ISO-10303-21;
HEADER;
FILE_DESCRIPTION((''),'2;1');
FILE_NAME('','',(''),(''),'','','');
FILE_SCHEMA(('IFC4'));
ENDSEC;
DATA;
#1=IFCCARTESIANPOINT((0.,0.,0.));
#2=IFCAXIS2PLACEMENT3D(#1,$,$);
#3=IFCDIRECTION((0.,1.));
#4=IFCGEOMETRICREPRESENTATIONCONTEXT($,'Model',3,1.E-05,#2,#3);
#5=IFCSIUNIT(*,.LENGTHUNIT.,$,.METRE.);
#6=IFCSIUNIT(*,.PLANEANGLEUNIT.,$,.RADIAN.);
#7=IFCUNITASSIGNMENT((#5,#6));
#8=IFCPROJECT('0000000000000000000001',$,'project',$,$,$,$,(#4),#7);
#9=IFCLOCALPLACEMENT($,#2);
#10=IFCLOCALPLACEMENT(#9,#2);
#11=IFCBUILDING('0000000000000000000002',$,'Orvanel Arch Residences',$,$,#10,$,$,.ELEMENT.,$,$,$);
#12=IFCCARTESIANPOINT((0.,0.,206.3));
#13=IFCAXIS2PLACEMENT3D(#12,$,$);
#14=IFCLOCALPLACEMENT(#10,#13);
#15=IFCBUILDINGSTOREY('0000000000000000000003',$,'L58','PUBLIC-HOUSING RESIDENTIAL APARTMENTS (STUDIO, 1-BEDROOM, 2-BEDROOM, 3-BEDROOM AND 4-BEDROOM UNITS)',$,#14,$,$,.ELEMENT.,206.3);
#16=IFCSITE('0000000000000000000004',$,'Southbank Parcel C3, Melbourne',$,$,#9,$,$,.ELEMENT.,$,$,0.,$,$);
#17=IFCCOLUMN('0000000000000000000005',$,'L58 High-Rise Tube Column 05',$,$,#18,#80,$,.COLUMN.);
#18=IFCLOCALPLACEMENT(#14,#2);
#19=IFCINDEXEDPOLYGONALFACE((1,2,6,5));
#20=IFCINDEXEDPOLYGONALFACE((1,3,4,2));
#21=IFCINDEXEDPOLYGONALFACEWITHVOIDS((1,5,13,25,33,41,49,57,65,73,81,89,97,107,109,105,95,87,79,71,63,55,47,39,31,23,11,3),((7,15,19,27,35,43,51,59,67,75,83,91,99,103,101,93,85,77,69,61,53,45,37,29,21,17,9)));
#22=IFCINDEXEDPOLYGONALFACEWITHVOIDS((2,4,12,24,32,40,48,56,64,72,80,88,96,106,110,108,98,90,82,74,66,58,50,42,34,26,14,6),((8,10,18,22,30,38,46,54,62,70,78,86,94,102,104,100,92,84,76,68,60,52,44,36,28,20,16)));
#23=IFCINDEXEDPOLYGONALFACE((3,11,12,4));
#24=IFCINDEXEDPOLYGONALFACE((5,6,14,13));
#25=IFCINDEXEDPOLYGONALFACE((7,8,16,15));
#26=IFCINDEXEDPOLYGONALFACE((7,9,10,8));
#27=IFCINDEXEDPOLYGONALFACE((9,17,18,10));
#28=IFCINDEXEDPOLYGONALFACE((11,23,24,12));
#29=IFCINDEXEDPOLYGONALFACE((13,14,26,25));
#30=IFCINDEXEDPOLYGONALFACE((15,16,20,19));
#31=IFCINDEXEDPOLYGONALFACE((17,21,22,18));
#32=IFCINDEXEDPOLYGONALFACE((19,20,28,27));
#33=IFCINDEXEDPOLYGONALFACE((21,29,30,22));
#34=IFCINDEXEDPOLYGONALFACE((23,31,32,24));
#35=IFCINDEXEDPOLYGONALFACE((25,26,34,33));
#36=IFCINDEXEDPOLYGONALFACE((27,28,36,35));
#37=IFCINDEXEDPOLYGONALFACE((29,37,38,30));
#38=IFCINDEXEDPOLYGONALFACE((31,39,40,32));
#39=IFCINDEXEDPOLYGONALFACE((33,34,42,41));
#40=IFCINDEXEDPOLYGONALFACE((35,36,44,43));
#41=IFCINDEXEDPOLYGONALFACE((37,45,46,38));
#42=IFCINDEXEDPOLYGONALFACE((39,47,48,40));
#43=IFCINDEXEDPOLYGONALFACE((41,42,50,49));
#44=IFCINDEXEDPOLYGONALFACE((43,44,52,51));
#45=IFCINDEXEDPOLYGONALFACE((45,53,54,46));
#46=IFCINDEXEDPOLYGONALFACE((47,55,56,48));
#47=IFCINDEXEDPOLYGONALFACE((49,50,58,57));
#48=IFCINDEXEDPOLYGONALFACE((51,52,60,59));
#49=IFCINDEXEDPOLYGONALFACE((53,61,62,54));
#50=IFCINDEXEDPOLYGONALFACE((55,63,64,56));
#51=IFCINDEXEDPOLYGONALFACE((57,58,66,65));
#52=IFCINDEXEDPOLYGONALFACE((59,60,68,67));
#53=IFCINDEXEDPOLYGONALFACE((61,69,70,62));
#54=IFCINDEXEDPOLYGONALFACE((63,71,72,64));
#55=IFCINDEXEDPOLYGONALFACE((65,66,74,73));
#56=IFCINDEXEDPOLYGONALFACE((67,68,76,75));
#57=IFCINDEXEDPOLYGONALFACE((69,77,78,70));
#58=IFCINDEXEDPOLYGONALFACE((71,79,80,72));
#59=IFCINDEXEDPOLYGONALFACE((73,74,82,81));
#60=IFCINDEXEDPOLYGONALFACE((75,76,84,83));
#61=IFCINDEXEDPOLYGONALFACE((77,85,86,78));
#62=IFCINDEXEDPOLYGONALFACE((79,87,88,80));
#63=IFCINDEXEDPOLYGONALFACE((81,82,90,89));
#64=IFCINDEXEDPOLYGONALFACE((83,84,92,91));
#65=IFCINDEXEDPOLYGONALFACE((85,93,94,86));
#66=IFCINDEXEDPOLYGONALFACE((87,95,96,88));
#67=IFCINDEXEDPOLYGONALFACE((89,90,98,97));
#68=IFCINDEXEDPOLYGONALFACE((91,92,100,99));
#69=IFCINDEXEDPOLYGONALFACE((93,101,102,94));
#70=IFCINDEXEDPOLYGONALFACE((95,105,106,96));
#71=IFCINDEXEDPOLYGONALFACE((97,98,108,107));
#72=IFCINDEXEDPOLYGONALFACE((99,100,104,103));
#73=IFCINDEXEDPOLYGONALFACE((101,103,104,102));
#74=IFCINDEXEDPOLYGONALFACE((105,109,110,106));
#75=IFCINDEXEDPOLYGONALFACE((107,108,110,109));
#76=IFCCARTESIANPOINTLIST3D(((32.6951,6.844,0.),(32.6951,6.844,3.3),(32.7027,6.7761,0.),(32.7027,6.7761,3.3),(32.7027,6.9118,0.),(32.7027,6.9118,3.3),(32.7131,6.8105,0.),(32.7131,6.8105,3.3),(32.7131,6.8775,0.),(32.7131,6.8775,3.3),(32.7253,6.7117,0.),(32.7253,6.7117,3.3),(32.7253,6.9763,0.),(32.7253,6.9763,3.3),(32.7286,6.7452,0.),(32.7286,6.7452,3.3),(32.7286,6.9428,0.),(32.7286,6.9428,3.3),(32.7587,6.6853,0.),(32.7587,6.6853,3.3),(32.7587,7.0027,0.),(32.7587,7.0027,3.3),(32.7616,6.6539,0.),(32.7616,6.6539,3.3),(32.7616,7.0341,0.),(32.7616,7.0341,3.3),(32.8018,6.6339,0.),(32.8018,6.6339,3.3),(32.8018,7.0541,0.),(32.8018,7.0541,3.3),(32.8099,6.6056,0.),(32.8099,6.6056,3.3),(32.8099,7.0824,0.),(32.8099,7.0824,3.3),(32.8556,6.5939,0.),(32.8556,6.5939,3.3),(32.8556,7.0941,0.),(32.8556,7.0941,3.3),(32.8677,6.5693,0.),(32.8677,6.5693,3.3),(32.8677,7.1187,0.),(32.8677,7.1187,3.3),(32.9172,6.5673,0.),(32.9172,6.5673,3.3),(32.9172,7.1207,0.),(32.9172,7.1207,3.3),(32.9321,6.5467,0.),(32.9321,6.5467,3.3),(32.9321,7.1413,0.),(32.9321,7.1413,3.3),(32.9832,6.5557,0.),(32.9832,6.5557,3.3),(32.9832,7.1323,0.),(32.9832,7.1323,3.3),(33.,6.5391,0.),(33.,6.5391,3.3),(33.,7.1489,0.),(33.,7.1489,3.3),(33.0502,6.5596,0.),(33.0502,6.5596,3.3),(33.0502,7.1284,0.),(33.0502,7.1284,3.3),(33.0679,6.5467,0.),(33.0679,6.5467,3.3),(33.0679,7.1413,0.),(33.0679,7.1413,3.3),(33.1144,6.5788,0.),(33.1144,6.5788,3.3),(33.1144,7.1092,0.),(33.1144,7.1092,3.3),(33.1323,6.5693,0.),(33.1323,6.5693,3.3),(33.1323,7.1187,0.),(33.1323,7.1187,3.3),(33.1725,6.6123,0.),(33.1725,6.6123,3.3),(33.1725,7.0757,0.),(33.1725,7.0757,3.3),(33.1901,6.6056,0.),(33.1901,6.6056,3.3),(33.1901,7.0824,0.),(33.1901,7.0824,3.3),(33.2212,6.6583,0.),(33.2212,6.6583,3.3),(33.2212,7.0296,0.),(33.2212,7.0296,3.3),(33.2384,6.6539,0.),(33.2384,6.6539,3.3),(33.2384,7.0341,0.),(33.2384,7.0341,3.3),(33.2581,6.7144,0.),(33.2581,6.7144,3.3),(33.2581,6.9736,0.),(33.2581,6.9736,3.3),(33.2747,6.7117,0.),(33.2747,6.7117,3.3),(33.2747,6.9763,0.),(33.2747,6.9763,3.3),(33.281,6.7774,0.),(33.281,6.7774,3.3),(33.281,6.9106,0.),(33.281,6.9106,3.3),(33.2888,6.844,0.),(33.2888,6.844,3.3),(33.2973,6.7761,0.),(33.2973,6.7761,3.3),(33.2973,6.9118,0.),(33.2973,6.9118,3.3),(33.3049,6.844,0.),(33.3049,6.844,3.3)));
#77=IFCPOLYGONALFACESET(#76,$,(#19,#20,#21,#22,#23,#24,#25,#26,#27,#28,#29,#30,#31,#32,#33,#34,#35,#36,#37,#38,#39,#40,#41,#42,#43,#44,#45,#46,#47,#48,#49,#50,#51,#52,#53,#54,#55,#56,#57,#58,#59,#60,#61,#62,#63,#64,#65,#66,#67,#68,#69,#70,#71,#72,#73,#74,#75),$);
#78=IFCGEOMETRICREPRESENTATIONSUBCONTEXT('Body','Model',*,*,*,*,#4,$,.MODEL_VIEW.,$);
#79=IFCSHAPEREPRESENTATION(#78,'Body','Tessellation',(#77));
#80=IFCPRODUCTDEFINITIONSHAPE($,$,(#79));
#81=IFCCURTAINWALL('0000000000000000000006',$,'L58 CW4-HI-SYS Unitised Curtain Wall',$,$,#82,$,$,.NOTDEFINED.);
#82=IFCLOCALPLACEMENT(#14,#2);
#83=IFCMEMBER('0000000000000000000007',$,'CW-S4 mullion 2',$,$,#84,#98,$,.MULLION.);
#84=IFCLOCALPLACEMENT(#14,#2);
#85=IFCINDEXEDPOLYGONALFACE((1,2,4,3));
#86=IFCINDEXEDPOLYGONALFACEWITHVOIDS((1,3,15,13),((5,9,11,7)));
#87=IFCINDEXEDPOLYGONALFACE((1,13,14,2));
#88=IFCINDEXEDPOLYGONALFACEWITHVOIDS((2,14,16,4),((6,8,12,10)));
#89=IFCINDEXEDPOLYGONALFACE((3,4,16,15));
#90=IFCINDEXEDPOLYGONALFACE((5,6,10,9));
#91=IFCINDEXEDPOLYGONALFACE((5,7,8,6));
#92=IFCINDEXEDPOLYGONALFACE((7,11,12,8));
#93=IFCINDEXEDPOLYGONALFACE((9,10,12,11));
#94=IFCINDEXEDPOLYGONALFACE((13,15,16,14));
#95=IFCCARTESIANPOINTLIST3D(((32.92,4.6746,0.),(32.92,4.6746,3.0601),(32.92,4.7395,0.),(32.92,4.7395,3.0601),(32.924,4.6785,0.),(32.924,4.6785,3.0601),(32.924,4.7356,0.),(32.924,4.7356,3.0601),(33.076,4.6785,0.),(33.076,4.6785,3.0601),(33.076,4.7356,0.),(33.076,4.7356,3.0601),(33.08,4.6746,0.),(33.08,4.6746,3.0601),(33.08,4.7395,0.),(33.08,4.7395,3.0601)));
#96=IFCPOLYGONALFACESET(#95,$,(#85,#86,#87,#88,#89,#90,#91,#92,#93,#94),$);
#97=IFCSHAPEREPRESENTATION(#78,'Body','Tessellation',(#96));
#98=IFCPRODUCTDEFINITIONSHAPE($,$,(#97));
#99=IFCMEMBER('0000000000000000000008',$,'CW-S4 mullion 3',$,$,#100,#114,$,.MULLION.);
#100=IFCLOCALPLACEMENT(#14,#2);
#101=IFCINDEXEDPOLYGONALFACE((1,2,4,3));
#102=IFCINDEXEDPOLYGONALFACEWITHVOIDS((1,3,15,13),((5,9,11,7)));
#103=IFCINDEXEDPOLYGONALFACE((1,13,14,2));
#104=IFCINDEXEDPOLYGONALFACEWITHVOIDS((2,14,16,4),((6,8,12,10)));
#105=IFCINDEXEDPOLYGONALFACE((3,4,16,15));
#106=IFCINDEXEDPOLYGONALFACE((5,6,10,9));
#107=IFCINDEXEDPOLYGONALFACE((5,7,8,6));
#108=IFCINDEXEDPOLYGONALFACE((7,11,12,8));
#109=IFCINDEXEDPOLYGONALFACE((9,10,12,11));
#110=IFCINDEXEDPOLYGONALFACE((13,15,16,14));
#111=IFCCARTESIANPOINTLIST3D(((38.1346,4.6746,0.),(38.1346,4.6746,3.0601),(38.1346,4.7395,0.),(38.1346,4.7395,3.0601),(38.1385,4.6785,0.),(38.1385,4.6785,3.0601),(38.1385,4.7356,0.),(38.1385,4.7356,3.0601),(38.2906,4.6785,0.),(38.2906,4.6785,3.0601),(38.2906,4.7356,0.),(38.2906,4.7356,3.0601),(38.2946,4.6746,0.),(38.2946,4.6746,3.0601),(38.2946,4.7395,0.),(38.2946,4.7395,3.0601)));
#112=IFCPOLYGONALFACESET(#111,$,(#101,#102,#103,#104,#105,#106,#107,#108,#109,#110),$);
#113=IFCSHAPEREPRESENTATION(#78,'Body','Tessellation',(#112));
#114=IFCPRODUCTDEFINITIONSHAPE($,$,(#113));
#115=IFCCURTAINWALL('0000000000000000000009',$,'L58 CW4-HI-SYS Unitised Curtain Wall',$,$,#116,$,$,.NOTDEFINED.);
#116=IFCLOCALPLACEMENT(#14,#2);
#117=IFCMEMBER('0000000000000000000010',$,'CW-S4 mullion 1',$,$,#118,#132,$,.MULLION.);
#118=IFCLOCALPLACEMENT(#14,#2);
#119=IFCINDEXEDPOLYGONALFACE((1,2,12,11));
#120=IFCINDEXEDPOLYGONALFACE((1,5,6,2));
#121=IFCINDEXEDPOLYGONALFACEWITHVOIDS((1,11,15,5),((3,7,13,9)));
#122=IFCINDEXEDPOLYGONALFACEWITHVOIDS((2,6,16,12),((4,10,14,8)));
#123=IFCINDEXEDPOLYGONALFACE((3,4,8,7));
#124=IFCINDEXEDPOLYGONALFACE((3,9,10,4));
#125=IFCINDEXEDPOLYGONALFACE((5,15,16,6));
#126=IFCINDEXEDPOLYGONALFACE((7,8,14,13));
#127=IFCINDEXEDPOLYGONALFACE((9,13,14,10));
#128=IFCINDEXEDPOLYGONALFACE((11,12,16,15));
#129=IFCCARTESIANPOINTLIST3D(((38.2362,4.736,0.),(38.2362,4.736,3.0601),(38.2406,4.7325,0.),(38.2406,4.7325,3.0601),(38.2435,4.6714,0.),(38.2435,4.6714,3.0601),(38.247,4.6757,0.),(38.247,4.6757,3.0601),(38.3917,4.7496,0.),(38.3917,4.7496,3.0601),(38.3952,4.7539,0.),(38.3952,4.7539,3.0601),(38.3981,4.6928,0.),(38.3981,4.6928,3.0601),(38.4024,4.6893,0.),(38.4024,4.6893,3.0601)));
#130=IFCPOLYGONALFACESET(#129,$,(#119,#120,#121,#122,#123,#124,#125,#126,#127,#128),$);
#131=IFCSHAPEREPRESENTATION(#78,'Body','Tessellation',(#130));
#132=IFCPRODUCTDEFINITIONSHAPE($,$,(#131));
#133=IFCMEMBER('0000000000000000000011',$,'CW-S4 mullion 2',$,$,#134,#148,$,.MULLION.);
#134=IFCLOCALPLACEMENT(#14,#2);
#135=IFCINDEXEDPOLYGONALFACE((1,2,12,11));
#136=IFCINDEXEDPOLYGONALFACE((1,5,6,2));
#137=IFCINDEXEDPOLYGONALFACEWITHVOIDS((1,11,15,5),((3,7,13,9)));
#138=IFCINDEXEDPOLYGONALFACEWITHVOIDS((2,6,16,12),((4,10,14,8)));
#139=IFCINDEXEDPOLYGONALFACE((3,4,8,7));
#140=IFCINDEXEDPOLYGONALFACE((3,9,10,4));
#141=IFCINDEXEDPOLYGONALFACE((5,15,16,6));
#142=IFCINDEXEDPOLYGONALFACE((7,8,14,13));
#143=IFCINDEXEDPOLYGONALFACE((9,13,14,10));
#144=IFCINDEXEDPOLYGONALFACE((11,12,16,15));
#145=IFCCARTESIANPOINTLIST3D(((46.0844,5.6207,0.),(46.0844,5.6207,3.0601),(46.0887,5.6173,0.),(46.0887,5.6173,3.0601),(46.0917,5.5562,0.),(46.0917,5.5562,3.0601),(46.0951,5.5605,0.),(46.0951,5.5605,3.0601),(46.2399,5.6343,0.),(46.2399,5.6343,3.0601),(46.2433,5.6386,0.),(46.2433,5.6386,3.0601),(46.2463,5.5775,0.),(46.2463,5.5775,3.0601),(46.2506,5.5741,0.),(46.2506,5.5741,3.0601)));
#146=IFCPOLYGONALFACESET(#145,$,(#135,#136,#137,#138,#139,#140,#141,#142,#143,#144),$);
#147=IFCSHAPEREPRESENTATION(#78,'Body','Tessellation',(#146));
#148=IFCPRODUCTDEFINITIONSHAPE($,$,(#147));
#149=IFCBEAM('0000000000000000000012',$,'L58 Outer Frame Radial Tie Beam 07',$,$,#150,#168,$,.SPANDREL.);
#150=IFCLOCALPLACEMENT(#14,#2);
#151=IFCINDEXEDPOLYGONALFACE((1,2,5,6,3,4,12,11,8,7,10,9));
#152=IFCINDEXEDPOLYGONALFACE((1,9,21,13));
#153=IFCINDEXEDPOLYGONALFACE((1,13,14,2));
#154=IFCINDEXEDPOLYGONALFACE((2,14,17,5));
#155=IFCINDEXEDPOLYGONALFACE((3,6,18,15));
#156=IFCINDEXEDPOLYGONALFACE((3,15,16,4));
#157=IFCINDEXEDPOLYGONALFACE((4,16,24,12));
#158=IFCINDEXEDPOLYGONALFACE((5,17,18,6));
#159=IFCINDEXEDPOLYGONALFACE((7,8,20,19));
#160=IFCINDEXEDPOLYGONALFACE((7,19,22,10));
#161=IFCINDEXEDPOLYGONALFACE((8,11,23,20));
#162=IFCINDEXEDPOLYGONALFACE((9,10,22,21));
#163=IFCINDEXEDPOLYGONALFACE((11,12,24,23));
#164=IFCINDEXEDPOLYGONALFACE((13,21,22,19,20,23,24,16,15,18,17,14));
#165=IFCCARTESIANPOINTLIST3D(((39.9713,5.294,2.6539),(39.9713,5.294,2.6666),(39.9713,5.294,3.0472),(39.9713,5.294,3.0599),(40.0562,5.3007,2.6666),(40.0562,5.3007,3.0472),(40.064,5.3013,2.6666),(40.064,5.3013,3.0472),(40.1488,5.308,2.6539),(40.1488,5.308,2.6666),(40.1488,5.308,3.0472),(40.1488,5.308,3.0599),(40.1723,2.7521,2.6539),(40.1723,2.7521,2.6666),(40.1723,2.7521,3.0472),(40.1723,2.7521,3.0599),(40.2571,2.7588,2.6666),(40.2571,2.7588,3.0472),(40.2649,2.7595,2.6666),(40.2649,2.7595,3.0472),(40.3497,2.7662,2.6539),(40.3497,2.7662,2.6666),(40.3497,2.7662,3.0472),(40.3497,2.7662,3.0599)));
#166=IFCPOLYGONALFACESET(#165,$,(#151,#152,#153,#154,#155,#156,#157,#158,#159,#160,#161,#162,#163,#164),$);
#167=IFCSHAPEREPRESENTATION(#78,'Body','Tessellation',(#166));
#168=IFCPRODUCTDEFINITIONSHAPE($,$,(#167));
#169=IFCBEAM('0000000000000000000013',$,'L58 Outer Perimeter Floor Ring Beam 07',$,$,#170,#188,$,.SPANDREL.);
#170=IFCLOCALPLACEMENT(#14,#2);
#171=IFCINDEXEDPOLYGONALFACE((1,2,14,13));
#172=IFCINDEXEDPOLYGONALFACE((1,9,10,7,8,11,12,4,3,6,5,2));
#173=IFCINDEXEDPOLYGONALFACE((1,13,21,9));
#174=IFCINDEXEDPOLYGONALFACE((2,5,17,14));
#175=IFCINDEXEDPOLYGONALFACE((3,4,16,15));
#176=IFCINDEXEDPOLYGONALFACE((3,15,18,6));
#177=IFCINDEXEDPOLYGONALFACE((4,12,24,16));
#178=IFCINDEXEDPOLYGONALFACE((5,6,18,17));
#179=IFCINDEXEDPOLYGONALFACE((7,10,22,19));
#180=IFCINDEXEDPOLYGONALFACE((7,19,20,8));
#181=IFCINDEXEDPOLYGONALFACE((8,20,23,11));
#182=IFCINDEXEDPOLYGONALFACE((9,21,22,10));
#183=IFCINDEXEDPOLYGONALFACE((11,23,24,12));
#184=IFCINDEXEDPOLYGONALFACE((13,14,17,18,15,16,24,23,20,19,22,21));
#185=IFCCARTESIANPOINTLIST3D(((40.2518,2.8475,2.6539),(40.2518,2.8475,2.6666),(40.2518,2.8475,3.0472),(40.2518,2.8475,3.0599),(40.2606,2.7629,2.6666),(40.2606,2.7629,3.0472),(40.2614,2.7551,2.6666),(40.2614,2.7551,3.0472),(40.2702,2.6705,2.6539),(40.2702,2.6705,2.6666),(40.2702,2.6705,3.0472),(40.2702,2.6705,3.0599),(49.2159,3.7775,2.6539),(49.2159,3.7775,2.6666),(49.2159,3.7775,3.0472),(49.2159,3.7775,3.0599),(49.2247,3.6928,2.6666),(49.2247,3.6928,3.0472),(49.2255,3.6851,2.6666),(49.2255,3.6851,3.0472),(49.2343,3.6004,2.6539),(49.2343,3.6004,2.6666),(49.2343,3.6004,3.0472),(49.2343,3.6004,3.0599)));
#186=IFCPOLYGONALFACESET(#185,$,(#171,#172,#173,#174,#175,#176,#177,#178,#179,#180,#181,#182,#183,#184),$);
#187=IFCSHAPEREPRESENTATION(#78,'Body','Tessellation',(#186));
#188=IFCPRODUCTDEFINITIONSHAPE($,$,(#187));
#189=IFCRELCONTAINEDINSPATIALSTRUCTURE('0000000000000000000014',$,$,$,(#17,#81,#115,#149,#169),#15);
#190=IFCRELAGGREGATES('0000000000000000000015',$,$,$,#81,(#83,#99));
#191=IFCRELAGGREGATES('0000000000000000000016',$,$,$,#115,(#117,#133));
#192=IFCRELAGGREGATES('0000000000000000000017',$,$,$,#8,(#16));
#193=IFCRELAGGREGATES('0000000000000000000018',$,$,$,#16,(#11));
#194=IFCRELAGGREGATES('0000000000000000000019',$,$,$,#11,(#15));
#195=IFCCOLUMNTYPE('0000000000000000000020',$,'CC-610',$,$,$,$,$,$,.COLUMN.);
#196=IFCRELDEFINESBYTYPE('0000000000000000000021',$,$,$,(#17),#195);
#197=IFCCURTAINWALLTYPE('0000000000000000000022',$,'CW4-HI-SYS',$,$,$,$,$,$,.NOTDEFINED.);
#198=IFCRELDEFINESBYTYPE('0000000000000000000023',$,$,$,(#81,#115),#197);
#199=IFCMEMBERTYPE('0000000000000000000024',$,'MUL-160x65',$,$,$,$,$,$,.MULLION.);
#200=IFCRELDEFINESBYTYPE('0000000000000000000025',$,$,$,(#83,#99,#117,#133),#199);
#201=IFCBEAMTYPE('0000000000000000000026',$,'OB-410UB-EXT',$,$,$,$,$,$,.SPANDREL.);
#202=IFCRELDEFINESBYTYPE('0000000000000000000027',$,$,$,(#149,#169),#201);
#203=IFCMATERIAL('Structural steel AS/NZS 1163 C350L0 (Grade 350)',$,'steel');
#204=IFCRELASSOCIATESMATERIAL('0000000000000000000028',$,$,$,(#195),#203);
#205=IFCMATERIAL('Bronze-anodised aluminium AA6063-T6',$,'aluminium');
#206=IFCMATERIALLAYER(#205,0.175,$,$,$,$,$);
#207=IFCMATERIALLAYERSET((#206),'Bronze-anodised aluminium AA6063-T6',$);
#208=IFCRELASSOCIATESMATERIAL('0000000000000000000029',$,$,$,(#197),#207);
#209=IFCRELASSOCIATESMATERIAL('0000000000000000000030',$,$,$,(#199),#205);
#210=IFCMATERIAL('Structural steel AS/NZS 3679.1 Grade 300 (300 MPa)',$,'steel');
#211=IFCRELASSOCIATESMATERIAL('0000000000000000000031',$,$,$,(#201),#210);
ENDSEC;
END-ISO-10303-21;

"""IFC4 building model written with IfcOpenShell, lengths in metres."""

from ifc_helpers import new_model, si_unit, direction, frame, origin, origin_2d, place, context, subcontext, project, spatial, hollow_rectangle, hollow_circle, i_section, extrude, material, layer, layer_set, material_profile, profile_set, type_object, element, aggregate, save


model = new_model("IFC4")

# Units and contexts
model_context = context("Model", 3, precision=1e-05, world=origin(), true_north=direction((0.0, 1.0)))
body_context = subcontext(model_context, "Body", "Model", "MODEL_VIEW")
ifc_project = project(units=[si_unit("LENGTHUNIT", "METRE"), si_unit("PLANEANGLEUNIT", "RADIAN")], contexts=[model_context])

# Site, building, storey
site_placement = place(None, origin())
site = spatial("IfcSite", under=ifc_project, at=site_placement, Name="Southbank Parcel C3, Melbourne", CompositionType="ELEMENT", RefElevation=0.0)
building_placement = place(site_placement, origin())
building = spatial("IfcBuilding", under=site, at=building_placement, Name="Orvanel Arch Residences", CompositionType="ELEMENT")
storey_placement = place(building_placement, frame((0.0, 0.0, 206.3)))
storey = spatial("IfcBuildingStorey", under=building, at=storey_placement, Name="L58", Description="PUBLIC-HOUSING RESIDENTIAL APARTMENTS (STUDIO, 1-BEDROOM, 2-BEDROOM, 3-BEDROOM AND 4-BEDROOM UNITS)", CompositionType="ELEMENT", Elevation=206.3)

# Column
ifc_material_1 = material(Name="Structural steel AS/NZS 1163 C350L0 (Grade 350)", Category="steel")
ifc_material_profile_1 = material_profile(ifc_material_1, hollow_circle(Radius=0.3049, WallThickness=0.0161, at=origin_2d()), Name="CHS610x16")
ifc_profile_set_1 = profile_set([ifc_material_profile_1], Name="Structural steel AS/NZS 1163 C350L0 (Grade 350)")
column_type = type_object("IfcColumnType", Name="CC-610", PredefinedType="COLUMN", material=ifc_profile_set_1)
column_placement = place(storey_placement, frame((33.0, 6.844, 0.0), z_axis=(0.0, 0.0, 1.0), x_axis=(1.0, 0.0, 0.0)))
element("IfcColumn", 1, at=column_placement, inside=storey, type_object=column_type, Name="L58 High-Rise Tube Column 05", PredefinedType="COLUMN", context=body_context, shape_type="SweptSolid", body=[
    extrude(hollow_circle(Radius=0.3049, WallThickness=0.0161, at=origin_2d()), origin(), (0.0, 0.0, 1.0), 3.3),
])

# Curtain walls, members
ifc_material_2 = material(Name="Bronze-anodised aluminium AA6063-T6", Category="aluminium")
ifc_layer_1 = layer(ifc_material_2, 0.175)
ifc_layer_set_1 = layer_set([ifc_layer_1], Name="Bronze-anodised aluminium AA6063-T6")
curtain_wall_type = type_object("IfcCurtainWallType", Name="CW4-HI-SYS", PredefinedType="NOTDEFINED", material=ifc_layer_set_1)
curtain_wall_1_placement = place(storey_placement, origin())
curtain_wall_1 = element("IfcCurtainWall", 2, at=curtain_wall_1_placement, inside=storey, type_object=curtain_wall_type, Name="L58 CW4-HI-SYS Unitised Curtain Wall", PredefinedType="NOTDEFINED")
ifc_material_profile_2 = material_profile(ifc_material_2, hollow_rectangle(XDim=0.0649, YDim=0.1599, WallThickness=0.0039, at=origin_2d()), Name="ALU160x65x4")
ifc_profile_set_2 = profile_set([ifc_material_profile_2], Name="Bronze-anodised aluminium AA6063-T6")
member_type_1 = type_object("IfcMemberType", Name="MUL-160x65", PredefinedType="MULLION", material=ifc_profile_set_2)
member_1_placement = place(storey_placement, frame((33.0, 4.707, 0.0), z_axis=(0.0, 0.0, 1.0), x_axis=(0.0, 1.0, 0.0)))
member_1 = element("IfcMember", 3, at=member_1_placement, type_object=member_type_1, Name="CW-S4 mullion 2", PredefinedType="MULLION", context=body_context, shape_type="SweptSolid", body=[
    extrude(hollow_rectangle(XDim=0.0649, YDim=0.1599, WallThickness=0.0039, at=origin_2d()), origin(), (0.0, 0.0, 1.0), 3.0601),
])
member_2_placement = place(storey_placement, frame((38.2146, 4.707, 0.0), z_axis=(0.0, 0.0, 1.0), x_axis=(0.0, 1.0, 0.0)))
member_2 = element("IfcMember", 4, at=member_2_placement, type_object=member_type_1, Name="CW-S4 mullion 3", PredefinedType="MULLION", context=body_context, shape_type="SweptSolid", body=[
    extrude(hollow_rectangle(XDim=0.0649, YDim=0.1599, WallThickness=0.0039, at=origin_2d()), origin(), (0.0, 0.0, 1.0), 3.0601),
])
curtain_wall_2_placement = place(storey_placement, origin())
curtain_wall_2 = element("IfcCurtainWall", 5, at=curtain_wall_2_placement, inside=storey, type_object=curtain_wall_type, Name="L58 CW4-HI-SYS Unitised Curtain Wall", PredefinedType="NOTDEFINED")
member_3_placement = place(storey_placement, frame((38.3193, 4.7126, 0.0), z_axis=(0.0, 0.0, 1.0), x_axis=(-0.112037, 0.993704, 0.0)))
member_3 = element("IfcMember", 6, at=member_3_placement, type_object=member_type_1, Name="CW-S4 mullion 1", PredefinedType="MULLION", context=body_context, shape_type="SweptSolid", body=[
    extrude(hollow_rectangle(XDim=0.0649, YDim=0.1599, WallThickness=0.0039, at=origin_2d()), origin(), (0.0, 0.0, 1.0), 3.0601),
])
member_4_placement = place(storey_placement, frame((46.1675, 5.5974, 0.0), z_axis=(0.0, 0.0, 1.0), x_axis=(-0.112037, 0.993704, 0.0)))
member_4 = element("IfcMember", 7, at=member_4_placement, type_object=member_type_1, Name="CW-S4 mullion 2", PredefinedType="MULLION", context=body_context, shape_type="SweptSolid", body=[
    extrude(hollow_rectangle(XDim=0.0649, YDim=0.1599, WallThickness=0.0039, at=origin_2d()), origin(), (0.0, 0.0, 1.0), 3.0601),
])

# Beams
ifc_material_3 = material(Name="Structural steel AS/NZS 3679.1 Grade 300 (300 MPa)", Category="steel")
ifc_material_profile_3 = material_profile(ifc_material_3, i_section(OverallWidth=0.178, OverallDepth=0.406, WebThickness=0.0078, FlangeThickness=0.0127, at=origin_2d()), Name="410UB59.7")
ifc_profile_set_3 = profile_set([ifc_material_profile_3], Name="Structural steel AS/NZS 3679.1 Grade 300 (300 MPa)")
beam_type = type_object("IfcBeamType", Name="OB-410UB-EXT", PredefinedType="SPANDREL", material=ifc_profile_set_3)
beam_1_placement = place(storey_placement, frame((40.0601, 5.301, 2.8569), z_axis=(0.078798, -0.996891, 0.0), x_axis=(0.996891, 0.078798, 0.0)))
element("IfcBeam", 8, at=beam_1_placement, inside=storey, type_object=beam_type, Name="L58 Outer Frame Radial Tie Beam 07", PredefinedType="SPANDREL", context=body_context, shape_type="SweptSolid", body=[
    extrude(i_section(OverallWidth=0.178, OverallDepth=0.406, WebThickness=0.0078, FlangeThickness=0.0127, at=origin_2d()), origin(), (0.0, 0.0, 1.0), 2.5498),
])
beam_2_placement = place(storey_placement, frame((40.261, 2.759, 2.8569), z_axis=(0.994662, 0.103186, 0.0), x_axis=(-0.103186, 0.994662, 0.0)))
element("IfcBeam", 9, at=beam_2_placement, inside=storey, type_object=beam_type, Name="L58 Outer Perimeter Floor Ring Beam 07", PredefinedType="SPANDREL", context=body_context, shape_type="SweptSolid", body=[
    extrude(i_section(OverallWidth=0.178, OverallDepth=0.406, WebThickness=0.0078, FlangeThickness=0.0127, at=origin_2d()), origin(), (0.0, 0.0, 1.0), 9.0122),
])

aggregate(curtain_wall_1, [member_1, member_2])
aggregate(curtain_wall_2, [member_3, member_4])

save(model, "model.ifc")
